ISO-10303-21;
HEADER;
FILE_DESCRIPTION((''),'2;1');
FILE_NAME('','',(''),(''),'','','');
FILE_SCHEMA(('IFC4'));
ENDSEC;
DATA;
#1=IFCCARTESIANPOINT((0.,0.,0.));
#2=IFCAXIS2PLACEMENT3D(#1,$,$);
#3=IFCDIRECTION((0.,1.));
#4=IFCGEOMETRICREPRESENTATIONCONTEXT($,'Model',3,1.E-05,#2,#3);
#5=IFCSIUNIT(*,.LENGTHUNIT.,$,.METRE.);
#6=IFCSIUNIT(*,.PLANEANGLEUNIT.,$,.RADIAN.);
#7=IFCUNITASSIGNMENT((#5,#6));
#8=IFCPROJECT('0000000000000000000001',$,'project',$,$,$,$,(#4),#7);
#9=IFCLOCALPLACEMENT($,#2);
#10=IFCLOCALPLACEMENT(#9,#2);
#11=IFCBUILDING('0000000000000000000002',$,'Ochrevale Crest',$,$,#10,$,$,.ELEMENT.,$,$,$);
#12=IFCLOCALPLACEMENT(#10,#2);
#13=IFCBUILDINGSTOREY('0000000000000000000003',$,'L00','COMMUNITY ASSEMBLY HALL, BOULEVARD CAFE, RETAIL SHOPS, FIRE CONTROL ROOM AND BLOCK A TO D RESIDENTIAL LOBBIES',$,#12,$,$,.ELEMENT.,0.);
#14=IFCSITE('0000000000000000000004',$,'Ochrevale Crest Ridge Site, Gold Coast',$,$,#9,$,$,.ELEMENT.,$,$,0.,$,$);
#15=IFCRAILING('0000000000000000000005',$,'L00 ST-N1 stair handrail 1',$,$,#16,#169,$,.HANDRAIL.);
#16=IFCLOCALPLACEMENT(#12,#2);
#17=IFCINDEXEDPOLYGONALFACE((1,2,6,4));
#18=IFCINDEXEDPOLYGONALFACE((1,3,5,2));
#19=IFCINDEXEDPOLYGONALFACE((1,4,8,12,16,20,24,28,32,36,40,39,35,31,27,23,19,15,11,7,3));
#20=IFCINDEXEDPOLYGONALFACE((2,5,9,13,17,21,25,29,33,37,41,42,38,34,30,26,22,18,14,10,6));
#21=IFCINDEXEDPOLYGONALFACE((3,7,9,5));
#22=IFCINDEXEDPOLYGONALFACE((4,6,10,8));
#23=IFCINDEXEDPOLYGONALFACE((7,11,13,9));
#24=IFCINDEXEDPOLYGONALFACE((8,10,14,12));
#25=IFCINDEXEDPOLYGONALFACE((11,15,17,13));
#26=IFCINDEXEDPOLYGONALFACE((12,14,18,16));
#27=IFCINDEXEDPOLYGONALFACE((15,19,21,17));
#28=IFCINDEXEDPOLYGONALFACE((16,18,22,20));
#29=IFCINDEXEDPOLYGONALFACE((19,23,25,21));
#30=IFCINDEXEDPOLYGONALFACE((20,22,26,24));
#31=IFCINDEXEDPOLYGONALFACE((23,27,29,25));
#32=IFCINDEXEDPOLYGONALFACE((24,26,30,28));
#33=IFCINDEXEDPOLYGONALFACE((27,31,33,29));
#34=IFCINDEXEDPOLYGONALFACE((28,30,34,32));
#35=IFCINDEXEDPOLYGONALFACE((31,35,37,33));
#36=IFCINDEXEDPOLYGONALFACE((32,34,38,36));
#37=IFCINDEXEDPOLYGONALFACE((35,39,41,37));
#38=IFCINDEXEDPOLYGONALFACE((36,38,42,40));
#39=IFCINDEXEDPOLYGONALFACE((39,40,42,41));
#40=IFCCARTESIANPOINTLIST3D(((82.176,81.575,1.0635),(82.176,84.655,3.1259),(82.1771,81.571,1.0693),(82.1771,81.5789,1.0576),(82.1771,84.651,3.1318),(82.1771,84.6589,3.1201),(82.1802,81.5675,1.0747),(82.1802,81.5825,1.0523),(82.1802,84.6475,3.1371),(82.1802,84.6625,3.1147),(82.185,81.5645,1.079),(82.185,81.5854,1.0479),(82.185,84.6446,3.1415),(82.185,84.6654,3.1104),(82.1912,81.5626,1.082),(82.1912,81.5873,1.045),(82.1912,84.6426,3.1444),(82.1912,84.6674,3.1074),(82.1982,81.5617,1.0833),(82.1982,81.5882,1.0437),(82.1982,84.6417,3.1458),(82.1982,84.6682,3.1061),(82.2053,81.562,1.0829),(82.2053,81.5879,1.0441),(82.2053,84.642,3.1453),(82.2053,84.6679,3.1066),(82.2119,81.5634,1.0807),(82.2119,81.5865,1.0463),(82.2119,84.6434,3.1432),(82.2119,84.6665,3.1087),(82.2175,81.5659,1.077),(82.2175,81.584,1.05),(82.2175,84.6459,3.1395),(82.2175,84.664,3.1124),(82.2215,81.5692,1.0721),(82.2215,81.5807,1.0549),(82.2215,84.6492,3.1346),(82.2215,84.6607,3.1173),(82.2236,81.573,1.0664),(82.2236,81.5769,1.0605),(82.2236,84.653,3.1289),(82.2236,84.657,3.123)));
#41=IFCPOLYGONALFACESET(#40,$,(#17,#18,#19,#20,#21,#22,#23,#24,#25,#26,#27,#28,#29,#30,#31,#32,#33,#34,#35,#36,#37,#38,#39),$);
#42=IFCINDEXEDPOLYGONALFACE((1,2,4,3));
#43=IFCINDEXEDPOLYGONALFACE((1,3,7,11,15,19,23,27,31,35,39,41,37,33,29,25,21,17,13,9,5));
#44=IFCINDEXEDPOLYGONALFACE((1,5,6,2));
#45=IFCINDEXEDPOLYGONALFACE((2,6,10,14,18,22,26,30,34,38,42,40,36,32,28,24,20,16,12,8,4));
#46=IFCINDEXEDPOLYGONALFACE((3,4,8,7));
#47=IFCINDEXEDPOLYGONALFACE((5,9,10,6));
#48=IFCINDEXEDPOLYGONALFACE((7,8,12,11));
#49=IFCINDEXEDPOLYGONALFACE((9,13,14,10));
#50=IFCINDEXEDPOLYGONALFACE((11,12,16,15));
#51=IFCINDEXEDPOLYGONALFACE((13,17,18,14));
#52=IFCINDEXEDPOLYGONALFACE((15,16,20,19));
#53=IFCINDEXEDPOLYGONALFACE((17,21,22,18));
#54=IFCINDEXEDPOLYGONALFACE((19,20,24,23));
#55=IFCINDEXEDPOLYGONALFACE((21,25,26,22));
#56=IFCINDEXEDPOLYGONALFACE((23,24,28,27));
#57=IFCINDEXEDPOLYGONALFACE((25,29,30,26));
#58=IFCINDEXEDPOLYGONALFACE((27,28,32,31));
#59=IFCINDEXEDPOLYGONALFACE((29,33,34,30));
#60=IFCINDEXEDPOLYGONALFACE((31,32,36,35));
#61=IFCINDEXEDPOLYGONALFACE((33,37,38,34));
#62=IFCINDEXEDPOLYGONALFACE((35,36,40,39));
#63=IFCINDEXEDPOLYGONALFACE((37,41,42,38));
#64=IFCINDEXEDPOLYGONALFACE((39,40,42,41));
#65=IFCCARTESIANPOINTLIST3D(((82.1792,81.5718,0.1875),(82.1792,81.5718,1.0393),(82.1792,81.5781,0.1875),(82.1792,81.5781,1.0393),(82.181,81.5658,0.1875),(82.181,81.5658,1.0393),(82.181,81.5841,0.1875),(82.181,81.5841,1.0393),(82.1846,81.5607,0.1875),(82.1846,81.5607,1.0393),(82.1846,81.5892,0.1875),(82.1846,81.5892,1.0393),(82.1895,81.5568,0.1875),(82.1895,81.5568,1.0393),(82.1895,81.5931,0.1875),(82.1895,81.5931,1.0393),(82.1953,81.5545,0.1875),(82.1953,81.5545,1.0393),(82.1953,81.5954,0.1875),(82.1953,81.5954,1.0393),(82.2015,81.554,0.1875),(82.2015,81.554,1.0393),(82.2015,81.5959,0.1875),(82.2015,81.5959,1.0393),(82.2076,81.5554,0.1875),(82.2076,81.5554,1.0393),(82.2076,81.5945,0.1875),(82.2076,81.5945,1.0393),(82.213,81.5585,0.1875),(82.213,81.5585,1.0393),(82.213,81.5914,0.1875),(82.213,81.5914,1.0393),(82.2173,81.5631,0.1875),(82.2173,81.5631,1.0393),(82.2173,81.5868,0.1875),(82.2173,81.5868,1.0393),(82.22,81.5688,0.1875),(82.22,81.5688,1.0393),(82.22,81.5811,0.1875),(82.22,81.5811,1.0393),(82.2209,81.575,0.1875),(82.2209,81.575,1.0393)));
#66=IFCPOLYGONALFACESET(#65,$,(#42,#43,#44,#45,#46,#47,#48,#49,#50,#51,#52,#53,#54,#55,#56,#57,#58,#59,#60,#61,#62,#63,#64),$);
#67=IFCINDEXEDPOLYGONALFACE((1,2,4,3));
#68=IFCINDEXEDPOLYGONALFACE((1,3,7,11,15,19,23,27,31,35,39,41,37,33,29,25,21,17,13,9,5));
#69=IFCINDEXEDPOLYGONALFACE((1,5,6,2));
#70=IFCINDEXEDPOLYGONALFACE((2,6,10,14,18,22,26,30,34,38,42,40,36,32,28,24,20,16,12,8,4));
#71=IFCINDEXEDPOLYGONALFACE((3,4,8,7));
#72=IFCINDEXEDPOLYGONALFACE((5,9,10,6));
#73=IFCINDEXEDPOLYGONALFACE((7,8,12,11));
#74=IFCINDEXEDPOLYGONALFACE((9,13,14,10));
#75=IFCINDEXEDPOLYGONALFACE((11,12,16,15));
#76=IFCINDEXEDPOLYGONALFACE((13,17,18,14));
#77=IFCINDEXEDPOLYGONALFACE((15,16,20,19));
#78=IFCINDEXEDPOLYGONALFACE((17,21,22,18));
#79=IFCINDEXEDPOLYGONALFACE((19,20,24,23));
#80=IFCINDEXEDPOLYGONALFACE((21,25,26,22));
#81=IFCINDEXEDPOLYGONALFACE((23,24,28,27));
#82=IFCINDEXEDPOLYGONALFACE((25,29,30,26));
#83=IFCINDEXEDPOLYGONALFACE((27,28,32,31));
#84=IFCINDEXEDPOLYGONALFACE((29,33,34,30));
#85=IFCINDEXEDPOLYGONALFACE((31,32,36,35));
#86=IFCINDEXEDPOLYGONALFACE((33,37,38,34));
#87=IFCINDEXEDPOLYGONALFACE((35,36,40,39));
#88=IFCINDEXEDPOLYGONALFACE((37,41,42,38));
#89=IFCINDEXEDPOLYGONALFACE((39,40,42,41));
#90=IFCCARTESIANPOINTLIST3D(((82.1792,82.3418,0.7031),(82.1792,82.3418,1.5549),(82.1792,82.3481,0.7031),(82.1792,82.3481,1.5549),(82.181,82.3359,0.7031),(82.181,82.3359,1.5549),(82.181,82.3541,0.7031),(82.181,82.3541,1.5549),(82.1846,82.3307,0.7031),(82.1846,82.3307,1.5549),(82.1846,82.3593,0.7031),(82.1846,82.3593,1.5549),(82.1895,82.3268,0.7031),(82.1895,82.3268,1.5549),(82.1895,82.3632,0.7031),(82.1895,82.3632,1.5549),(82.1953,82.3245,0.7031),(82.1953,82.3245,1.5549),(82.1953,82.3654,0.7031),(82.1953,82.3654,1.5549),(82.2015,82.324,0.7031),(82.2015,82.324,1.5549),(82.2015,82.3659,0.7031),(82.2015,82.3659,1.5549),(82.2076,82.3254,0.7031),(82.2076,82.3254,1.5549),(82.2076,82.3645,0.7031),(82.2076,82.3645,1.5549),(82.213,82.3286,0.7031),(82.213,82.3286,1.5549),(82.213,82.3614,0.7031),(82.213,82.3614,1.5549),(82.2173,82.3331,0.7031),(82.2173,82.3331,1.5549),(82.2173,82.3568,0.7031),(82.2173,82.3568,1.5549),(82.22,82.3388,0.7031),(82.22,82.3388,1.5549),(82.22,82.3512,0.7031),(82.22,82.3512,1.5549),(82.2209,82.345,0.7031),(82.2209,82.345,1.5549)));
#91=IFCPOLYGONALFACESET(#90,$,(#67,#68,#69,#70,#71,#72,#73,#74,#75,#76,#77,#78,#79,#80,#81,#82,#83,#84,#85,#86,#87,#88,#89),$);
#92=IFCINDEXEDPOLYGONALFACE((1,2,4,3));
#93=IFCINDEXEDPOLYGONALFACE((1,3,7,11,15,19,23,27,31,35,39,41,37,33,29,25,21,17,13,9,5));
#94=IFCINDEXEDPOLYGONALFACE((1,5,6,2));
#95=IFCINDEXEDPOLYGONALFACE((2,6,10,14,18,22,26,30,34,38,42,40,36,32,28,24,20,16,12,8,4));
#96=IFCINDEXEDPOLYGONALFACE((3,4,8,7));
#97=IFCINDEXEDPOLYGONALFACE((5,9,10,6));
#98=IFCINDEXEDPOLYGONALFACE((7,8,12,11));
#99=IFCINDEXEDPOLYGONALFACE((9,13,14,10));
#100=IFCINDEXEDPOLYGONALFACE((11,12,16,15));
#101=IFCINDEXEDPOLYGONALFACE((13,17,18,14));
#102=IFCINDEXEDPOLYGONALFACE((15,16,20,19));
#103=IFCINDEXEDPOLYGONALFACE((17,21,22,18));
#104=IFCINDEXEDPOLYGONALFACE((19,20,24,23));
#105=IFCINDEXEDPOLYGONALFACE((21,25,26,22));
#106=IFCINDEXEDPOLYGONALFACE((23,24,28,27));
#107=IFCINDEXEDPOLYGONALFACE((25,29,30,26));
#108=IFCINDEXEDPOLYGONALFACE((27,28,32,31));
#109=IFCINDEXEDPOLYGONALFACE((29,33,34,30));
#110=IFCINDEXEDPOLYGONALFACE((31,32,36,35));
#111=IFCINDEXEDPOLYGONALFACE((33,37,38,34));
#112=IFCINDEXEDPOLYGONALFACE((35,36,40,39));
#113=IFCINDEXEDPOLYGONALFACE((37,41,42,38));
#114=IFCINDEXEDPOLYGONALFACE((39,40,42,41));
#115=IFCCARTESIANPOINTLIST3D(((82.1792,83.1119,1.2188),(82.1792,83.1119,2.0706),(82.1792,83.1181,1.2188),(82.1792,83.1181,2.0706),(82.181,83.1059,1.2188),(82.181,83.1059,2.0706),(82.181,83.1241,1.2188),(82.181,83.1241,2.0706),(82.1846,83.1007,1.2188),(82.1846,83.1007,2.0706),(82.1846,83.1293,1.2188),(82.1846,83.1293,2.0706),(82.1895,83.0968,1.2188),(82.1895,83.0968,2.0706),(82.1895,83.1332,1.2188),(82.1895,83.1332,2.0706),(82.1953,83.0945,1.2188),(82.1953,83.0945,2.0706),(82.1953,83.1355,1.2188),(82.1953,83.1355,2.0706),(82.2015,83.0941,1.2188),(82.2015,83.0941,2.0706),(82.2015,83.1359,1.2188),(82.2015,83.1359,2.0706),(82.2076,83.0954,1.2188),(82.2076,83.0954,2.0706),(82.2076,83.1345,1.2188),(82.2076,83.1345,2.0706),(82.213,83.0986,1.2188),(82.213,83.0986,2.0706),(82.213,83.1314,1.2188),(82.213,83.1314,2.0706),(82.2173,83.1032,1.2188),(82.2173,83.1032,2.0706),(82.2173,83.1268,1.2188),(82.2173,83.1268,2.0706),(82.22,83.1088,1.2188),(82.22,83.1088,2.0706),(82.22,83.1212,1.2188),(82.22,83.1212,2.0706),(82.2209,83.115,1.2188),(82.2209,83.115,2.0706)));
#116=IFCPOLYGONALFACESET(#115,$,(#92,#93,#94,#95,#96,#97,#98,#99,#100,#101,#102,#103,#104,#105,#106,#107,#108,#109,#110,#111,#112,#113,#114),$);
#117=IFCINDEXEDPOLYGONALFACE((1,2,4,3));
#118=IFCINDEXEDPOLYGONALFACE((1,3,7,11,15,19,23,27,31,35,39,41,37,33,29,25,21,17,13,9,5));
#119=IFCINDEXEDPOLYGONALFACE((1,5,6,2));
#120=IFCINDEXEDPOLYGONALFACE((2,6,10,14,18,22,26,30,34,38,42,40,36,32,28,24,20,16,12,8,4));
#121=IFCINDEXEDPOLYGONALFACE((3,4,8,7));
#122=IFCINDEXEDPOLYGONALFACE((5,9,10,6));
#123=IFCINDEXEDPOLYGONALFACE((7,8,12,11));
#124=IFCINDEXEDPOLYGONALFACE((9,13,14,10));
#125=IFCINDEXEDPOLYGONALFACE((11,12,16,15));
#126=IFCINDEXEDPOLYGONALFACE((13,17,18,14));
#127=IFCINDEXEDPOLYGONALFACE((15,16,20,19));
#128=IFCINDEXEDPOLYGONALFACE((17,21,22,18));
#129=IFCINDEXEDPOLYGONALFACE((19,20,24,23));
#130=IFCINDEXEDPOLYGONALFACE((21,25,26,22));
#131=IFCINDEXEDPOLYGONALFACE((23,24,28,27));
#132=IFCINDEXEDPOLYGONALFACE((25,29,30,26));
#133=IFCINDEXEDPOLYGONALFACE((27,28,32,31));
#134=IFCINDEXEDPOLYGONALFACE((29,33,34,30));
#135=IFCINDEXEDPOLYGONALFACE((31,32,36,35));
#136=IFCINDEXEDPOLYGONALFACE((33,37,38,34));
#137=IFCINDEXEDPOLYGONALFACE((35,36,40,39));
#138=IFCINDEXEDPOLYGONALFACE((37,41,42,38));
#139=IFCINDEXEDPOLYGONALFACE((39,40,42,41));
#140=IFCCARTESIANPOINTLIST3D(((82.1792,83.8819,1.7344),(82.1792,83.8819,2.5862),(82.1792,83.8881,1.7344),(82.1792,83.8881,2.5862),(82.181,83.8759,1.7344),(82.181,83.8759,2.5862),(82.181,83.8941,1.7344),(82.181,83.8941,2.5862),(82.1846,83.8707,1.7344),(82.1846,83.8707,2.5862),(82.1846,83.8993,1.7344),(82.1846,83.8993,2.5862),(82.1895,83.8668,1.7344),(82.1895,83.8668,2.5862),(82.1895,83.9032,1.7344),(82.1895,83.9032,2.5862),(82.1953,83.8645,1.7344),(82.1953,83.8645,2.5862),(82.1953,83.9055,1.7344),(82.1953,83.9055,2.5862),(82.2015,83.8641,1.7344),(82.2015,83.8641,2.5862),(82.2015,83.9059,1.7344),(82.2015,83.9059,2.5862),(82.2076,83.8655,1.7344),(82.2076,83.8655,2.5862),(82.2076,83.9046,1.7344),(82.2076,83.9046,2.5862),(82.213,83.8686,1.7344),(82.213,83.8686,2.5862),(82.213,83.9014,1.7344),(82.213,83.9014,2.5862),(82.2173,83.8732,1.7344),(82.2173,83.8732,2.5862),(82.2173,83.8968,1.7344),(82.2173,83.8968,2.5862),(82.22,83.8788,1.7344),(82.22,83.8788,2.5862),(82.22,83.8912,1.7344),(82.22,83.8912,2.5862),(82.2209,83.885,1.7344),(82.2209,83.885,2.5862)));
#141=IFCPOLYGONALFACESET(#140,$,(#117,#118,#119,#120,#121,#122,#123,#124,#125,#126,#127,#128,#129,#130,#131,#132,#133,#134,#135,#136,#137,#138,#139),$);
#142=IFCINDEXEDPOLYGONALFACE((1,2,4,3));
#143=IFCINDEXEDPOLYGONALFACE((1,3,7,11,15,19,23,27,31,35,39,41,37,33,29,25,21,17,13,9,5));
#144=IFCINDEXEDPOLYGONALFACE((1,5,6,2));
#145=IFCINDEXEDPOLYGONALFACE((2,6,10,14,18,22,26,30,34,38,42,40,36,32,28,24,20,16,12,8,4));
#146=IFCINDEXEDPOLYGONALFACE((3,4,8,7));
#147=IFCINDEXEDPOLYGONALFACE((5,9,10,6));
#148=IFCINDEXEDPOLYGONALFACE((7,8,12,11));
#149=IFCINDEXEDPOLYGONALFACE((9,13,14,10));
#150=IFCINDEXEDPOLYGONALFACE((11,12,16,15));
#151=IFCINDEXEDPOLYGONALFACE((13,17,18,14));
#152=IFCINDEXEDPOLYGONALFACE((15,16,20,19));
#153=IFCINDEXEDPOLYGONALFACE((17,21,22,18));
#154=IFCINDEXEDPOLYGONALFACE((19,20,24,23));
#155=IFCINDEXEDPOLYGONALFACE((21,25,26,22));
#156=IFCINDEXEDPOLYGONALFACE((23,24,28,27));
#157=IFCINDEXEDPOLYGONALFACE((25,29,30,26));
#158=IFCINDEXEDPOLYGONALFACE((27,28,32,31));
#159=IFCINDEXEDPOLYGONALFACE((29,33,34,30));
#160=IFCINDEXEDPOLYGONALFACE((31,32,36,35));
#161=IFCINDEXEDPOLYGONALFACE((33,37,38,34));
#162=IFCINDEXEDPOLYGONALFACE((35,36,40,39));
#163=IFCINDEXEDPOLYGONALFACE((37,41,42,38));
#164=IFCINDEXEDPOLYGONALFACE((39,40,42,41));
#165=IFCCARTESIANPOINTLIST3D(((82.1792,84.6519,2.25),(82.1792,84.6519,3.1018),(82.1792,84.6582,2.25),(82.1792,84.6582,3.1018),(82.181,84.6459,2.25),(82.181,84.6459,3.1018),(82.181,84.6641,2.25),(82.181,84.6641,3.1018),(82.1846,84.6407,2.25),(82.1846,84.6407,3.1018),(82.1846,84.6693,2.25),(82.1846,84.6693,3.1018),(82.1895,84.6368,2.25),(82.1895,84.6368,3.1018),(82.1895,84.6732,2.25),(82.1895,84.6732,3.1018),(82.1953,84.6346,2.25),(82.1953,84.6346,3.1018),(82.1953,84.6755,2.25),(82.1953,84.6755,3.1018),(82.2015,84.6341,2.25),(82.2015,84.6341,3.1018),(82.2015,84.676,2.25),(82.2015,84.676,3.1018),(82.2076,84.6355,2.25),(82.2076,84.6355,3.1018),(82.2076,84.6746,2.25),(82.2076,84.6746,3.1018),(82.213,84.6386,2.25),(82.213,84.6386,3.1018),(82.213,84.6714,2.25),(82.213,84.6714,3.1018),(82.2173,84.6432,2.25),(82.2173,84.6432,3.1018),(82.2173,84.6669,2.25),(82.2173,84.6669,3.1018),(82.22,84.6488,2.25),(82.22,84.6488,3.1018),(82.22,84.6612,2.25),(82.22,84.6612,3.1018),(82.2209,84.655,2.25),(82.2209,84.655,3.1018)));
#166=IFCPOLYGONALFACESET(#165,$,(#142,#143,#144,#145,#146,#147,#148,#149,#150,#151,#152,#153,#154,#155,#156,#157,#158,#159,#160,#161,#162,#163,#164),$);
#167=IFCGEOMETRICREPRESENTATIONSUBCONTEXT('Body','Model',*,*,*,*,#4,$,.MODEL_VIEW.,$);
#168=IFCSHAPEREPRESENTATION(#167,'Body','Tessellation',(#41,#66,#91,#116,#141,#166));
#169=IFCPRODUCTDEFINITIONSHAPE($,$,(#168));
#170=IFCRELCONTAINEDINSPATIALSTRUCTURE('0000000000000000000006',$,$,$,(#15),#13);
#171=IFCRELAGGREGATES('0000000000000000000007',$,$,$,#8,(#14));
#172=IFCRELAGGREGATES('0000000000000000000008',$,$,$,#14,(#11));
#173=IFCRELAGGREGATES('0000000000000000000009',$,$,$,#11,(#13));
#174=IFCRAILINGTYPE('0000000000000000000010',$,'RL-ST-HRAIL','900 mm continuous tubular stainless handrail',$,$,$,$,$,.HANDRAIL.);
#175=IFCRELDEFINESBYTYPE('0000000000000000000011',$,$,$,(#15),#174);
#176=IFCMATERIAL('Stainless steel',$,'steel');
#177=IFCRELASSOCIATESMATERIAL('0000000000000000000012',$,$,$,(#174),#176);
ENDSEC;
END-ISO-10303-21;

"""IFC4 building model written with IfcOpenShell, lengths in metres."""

from ifc_helpers import new_model, si_unit, direction, frame, origin, origin_2d, place, context, subcontext, project, spatial, circle, extrude, material, type_object, element, save


model = new_model("IFC4")

# Units and contexts
model_context = context("Model", 3, precision=1e-05, world=origin(), true_north=direction((0.0, 1.0)))
body_context = subcontext(model_context, "Body", "Model", "MODEL_VIEW")
ifc_project = project(units=[si_unit("LENGTHUNIT", "METRE"), si_unit("PLANEANGLEUNIT", "RADIAN")], contexts=[model_context])

# Site, building, storey
site_placement = place(None, origin())
site = spatial("IfcSite", under=ifc_project, at=site_placement, Name="Ochrevale Crest Ridge Site, Gold Coast", CompositionType="ELEMENT", RefElevation=0.0)
building_placement = place(site_placement, origin())
building = spatial("IfcBuilding", under=site, at=building_placement, Name="Ochrevale Crest", CompositionType="ELEMENT")
storey_placement = place(building_placement, origin())
storey = spatial("IfcBuildingStorey", under=building, at=storey_placement, Name="L00", Description="COMMUNITY ASSEMBLY HALL, BOULEVARD CAFE, RETAIL SHOPS, FIRE CONTROL ROOM AND BLOCK A TO D RESIDENTIAL LOBBIES", CompositionType="ELEMENT", Elevation=0.0)

# Railing
ifc_material_1 = material(Name="Stainless steel", Category="steel")
railing_type_1 = type_object("IfcRailingType", Name="RL-ST-HRAIL", Description="900 mm continuous tubular stainless handrail", PredefinedType="HANDRAIL", material=ifc_material_1)
railing_1_placement = place(storey_placement, frame((82.2, 81.575, 0.1875)))
element("IfcRailing", 1, at=railing_1_placement, inside=storey, type_object=railing_type_1, Name="L00 ST-N1 stair handrail 1", PredefinedType="HANDRAIL", context=body_context, shape_type="SweptSolid", body=[
    extrude(circle(Radius=0.0239, at=origin_2d()), frame((0.0, 0.0, 0.876), z_axis=(0.0, 0.830914, 0.556401), x_axis=(-1.0, 0.0, 0.0)), (0.0, 0.0, 1.0), 3.7068),
    extrude(circle(Radius=0.021, at=origin_2d()), origin(), (0.0, 0.0, 1.0), 0.8518),
    extrude(circle(Radius=0.021, at=origin_2d()), frame((0.0, 0.77, 0.5156)), (0.0, 0.0, 1.0), 0.8518),
    extrude(circle(Radius=0.021, at=origin_2d()), frame((0.0, 1.54, 1.0312)), (0.0, 0.0, 1.0), 0.8518),
    extrude(circle(Radius=0.021, at=origin_2d()), frame((0.0, 2.3101, 1.5469)), (0.0, 0.0, 1.0), 0.8518),
    extrude(circle(Radius=0.021, at=origin_2d()), frame((0.0, 3.0801, 2.0625)), (0.0, 0.0, 1.0), 0.8518),
])

save(model, "model.ifc")
